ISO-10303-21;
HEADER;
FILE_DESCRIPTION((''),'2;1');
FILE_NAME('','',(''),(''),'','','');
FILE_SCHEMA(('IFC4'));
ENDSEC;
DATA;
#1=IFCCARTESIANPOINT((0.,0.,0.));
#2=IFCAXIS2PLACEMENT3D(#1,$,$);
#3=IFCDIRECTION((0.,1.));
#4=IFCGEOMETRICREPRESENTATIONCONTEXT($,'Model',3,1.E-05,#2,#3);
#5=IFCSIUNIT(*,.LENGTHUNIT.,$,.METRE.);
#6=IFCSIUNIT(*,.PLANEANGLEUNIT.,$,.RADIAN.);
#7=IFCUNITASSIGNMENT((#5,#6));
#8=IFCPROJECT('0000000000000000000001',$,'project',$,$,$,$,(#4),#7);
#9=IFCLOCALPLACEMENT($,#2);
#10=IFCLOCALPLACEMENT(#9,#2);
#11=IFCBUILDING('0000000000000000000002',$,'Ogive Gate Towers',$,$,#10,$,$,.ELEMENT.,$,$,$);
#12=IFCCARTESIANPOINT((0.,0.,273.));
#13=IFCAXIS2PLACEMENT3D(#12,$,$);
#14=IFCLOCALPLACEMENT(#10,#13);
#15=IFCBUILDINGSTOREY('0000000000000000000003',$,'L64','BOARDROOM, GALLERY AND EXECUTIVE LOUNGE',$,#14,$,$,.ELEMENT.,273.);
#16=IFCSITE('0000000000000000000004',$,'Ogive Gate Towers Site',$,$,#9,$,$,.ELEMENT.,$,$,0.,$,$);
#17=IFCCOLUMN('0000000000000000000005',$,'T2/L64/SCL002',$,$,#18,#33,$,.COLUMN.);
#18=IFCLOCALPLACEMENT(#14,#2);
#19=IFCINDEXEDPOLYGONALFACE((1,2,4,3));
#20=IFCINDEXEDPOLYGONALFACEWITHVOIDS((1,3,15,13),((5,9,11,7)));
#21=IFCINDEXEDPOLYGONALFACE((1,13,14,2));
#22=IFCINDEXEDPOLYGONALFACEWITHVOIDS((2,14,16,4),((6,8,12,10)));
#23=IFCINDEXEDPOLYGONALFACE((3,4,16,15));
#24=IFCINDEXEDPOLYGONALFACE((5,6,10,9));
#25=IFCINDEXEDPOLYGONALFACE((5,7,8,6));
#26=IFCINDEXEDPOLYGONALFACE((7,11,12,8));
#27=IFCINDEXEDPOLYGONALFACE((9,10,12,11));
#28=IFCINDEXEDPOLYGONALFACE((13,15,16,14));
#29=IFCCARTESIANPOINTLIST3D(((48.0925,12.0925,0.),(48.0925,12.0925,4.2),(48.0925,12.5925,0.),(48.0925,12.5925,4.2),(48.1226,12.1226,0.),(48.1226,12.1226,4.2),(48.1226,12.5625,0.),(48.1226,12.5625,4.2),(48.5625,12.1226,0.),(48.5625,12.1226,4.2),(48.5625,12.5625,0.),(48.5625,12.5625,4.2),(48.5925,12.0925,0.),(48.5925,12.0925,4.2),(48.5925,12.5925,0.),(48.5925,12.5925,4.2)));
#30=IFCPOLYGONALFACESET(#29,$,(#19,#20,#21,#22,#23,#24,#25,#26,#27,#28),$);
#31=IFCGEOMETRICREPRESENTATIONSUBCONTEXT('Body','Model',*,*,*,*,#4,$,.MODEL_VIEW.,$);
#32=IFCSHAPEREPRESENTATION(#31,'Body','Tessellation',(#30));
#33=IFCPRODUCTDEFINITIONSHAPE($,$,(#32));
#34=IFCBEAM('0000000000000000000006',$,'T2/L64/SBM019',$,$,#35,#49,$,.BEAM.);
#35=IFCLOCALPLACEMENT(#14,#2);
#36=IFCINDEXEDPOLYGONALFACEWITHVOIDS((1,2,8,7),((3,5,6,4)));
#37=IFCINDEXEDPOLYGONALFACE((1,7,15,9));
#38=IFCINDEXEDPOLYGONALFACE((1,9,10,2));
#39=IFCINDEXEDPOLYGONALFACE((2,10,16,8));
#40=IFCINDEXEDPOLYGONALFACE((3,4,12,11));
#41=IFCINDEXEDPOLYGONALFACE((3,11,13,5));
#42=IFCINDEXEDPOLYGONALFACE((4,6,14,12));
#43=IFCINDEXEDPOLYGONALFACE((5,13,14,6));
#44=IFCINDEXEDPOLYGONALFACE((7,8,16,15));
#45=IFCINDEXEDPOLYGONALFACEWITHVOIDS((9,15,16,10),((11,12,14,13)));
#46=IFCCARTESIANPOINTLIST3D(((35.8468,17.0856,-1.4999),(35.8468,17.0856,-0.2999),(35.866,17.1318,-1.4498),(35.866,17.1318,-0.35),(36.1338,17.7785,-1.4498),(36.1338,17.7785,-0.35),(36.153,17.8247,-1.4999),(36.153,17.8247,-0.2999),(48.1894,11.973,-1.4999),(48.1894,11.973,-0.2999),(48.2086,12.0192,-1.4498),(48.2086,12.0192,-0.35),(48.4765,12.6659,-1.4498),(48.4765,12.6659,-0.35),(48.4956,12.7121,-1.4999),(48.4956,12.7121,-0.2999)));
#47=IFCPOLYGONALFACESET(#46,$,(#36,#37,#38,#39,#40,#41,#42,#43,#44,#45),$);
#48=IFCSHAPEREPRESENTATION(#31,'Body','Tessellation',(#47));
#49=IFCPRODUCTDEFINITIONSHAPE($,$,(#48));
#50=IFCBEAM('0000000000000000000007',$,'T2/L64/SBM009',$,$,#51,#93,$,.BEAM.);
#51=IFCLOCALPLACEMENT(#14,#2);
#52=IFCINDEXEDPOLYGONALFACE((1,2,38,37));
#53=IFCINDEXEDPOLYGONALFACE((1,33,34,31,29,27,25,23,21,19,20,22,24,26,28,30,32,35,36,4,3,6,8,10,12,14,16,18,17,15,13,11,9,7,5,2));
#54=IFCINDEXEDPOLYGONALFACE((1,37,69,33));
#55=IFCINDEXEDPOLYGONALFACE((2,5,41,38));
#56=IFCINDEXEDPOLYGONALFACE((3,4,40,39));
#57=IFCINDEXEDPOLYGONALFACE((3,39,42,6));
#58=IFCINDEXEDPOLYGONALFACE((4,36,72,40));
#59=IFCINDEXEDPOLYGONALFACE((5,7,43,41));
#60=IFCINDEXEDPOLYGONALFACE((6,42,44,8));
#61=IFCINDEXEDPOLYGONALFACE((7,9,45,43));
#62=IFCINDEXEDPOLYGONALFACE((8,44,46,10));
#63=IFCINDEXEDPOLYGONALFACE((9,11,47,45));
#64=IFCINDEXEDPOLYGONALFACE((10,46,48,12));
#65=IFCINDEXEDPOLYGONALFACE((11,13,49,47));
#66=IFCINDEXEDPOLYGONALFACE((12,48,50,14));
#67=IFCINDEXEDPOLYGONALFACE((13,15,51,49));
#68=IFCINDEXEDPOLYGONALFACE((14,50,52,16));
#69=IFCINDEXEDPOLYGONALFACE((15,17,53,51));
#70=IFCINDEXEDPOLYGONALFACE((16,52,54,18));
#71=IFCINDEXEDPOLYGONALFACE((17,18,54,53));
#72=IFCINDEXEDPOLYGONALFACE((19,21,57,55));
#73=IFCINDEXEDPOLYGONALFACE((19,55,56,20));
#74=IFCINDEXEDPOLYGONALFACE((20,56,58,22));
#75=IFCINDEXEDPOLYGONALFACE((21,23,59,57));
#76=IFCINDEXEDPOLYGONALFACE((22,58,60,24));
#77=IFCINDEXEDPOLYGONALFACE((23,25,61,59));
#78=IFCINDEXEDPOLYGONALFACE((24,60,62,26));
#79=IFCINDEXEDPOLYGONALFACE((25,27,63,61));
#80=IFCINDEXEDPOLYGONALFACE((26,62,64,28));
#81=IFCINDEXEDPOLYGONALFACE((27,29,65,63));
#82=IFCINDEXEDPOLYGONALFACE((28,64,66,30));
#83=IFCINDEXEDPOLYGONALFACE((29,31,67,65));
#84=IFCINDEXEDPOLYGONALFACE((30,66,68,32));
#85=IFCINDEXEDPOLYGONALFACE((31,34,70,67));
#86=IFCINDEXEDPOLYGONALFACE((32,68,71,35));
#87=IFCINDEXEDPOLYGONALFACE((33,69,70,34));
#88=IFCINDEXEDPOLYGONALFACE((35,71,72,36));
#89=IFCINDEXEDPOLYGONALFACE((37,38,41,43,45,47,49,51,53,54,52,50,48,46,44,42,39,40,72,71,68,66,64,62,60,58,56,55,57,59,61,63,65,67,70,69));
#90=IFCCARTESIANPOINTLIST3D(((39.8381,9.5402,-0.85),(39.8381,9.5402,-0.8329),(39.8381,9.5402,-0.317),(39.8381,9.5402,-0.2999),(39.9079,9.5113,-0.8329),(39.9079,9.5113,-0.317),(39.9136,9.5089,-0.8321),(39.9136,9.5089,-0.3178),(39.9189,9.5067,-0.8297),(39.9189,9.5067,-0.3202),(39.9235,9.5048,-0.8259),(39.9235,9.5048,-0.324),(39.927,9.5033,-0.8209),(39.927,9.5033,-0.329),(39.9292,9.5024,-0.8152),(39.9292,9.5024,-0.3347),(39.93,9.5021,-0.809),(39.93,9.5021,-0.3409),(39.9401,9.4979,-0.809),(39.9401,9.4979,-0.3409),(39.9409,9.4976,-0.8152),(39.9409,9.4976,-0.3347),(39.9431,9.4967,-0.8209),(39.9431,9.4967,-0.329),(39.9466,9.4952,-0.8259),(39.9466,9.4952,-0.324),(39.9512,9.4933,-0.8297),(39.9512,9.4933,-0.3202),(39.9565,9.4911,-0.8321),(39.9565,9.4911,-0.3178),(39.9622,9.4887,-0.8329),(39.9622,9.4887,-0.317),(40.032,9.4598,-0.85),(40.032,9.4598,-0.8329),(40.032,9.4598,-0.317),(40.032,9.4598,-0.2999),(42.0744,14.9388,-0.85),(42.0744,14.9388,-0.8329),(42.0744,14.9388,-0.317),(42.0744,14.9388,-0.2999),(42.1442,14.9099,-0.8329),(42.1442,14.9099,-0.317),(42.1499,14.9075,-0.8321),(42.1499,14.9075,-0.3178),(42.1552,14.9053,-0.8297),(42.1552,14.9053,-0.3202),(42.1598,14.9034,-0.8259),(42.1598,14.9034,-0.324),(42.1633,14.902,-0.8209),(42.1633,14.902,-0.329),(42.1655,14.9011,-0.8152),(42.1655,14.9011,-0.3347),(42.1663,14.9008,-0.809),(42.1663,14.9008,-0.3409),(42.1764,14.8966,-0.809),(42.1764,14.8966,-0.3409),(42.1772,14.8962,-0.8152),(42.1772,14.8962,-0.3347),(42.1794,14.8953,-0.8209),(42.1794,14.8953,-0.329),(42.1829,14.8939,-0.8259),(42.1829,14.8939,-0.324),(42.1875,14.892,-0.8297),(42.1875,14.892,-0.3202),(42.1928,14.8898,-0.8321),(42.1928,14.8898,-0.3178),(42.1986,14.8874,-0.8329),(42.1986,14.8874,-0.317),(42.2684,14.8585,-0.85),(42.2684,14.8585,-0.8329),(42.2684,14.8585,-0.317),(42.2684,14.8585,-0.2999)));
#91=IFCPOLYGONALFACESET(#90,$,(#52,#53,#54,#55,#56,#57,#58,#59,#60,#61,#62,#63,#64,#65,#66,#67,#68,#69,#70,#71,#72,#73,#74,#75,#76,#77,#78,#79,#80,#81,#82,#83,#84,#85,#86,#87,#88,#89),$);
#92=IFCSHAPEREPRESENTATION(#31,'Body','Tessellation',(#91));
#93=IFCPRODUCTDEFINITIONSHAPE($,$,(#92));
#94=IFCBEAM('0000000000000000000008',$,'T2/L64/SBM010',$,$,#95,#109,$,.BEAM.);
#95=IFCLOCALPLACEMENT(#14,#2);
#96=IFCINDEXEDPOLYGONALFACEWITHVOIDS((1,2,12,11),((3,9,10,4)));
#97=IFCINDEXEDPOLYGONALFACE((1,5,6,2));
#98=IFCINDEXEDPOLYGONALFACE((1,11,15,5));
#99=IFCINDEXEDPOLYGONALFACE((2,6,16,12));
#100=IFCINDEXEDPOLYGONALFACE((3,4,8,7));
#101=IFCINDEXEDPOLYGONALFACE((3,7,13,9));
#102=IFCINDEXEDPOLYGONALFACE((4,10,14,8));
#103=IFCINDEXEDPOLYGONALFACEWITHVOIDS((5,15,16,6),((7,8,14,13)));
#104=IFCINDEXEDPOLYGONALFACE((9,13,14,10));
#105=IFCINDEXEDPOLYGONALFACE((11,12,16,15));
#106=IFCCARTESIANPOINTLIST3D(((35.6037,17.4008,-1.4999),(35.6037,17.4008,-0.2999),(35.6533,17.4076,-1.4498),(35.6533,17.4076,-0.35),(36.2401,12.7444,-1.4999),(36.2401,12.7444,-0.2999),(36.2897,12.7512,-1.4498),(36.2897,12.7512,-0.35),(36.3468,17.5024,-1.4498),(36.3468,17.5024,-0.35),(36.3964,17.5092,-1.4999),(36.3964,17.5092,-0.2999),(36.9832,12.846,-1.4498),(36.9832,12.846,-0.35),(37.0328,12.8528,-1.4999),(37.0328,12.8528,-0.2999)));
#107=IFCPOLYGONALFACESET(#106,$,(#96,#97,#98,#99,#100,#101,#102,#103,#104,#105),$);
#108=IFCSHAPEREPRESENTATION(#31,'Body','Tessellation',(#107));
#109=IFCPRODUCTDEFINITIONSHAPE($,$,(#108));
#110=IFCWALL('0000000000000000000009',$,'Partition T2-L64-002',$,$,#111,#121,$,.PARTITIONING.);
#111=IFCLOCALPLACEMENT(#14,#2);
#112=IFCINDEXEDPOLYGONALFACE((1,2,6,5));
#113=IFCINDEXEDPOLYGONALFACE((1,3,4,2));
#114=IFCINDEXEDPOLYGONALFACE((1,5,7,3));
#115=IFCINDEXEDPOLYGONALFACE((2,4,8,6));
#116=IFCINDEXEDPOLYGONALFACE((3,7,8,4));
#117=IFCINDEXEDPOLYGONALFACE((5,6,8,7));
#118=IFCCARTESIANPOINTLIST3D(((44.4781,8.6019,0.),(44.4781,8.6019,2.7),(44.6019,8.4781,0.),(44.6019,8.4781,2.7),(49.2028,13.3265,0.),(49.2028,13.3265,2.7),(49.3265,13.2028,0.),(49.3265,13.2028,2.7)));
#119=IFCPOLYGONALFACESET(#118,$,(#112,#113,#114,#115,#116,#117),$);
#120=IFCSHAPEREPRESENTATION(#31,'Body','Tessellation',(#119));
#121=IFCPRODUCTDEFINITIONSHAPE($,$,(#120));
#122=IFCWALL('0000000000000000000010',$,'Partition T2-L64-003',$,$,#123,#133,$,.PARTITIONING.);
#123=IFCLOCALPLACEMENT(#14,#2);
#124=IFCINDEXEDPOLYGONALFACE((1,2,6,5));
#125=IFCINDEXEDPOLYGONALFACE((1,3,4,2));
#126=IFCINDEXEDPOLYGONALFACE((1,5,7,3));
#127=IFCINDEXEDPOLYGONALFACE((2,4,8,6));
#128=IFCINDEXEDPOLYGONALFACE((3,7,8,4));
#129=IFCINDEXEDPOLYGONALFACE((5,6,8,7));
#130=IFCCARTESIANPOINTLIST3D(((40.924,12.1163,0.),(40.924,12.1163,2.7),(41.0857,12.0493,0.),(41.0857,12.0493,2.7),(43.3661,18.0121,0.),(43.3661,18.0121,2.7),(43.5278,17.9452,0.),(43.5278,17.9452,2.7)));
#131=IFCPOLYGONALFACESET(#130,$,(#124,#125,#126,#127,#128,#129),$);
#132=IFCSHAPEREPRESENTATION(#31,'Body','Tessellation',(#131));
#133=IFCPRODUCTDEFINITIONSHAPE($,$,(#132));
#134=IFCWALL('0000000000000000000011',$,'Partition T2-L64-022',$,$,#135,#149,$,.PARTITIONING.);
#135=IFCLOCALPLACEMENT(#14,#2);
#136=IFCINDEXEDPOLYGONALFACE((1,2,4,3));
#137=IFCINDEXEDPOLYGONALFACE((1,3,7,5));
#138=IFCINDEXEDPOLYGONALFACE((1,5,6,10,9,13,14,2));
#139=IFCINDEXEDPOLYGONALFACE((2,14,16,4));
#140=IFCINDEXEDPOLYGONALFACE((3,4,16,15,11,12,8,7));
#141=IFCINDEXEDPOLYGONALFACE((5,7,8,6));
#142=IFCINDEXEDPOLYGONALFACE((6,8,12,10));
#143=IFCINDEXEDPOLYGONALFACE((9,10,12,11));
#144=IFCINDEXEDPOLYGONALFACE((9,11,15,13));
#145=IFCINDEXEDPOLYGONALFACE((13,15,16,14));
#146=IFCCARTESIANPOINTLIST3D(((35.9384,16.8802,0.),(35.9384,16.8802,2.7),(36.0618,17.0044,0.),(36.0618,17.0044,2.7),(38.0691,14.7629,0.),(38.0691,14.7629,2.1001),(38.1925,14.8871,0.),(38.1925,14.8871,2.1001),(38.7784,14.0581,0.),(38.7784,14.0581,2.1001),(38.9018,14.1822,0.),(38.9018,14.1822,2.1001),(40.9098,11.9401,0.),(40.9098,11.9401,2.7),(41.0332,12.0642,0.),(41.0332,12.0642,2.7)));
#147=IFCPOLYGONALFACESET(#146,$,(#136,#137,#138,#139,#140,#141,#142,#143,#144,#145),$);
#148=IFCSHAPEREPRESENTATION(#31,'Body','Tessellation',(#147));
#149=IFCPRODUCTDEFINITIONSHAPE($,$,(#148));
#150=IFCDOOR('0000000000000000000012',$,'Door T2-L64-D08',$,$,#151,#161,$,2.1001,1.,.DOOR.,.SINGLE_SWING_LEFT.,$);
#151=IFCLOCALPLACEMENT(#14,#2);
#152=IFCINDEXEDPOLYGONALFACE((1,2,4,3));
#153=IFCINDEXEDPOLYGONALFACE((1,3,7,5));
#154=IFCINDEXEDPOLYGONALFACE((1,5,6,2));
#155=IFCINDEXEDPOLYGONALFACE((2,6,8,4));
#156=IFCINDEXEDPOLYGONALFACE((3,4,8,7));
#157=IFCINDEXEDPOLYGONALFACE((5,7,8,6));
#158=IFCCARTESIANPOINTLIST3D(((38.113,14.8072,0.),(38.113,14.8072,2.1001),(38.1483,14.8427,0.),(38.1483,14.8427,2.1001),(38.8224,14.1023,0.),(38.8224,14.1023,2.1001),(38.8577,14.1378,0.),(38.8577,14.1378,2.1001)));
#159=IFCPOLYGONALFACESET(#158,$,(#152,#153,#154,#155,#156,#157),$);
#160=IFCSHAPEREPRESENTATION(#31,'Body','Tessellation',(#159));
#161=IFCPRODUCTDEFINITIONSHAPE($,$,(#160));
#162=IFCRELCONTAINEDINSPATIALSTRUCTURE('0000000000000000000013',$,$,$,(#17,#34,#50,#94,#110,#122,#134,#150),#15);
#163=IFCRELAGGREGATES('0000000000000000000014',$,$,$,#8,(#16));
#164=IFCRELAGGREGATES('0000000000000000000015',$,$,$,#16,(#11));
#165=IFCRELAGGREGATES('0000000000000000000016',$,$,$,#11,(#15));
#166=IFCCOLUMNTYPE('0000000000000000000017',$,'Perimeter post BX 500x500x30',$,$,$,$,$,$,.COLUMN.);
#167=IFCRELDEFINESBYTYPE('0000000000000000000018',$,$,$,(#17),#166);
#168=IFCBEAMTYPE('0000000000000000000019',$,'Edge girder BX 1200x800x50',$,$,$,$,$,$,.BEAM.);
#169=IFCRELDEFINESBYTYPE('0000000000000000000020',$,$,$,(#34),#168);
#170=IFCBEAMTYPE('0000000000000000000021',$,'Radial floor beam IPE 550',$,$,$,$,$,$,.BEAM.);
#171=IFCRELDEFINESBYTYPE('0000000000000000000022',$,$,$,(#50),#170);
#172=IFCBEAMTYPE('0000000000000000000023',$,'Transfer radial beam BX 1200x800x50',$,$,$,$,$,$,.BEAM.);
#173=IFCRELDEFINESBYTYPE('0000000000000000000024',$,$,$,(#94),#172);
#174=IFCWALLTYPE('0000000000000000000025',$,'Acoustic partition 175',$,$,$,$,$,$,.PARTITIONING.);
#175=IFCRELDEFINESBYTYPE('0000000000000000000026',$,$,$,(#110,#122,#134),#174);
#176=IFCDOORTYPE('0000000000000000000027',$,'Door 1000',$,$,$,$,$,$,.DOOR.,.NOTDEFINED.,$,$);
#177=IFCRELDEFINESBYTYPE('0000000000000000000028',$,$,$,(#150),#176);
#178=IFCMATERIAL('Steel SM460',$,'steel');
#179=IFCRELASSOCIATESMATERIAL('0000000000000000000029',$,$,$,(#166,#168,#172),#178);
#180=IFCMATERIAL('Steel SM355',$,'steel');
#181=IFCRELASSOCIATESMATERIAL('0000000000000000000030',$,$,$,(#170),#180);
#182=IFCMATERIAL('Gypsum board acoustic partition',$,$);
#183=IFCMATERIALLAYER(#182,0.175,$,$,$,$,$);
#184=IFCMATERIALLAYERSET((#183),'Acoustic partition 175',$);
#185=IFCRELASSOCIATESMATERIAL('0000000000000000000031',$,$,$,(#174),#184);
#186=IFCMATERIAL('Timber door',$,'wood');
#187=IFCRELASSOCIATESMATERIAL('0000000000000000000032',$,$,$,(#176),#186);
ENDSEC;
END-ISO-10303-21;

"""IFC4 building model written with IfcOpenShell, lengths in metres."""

from ifc_helpers import new_model, si_unit, direction, frame, frame_2d, origin, origin_2d, place, context, subcontext, project, spatial, rectangle, hollow_rectangle, i_section, extrude, material, layer, layer_set, material_profile, profile_set, type_object, element, fill, save


model = new_model("IFC4")

# Units and contexts
model_context = context("Model", 3, precision=1e-05, world=origin(), true_north=direction((0.0, 1.0)))
body_context = subcontext(model_context, "Body", "Model", "MODEL_VIEW")
ifc_project = project(units=[si_unit("LENGTHUNIT", "METRE"), si_unit("PLANEANGLEUNIT", "RADIAN")], contexts=[model_context])

# Site, building, storey
site_placement = place(None, origin())
site = spatial("IfcSite", under=ifc_project, at=site_placement, Name="Ogive Gate Towers Site", CompositionType="ELEMENT", RefElevation=0.0)
building_placement = place(site_placement, origin())
building = spatial("IfcBuilding", under=site, at=building_placement, Name="Ogive Gate Towers", CompositionType="ELEMENT")
storey_placement = place(building_placement, frame((0.0, 0.0, 273.0)))
storey = spatial("IfcBuildingStorey", under=building, at=storey_placement, Name="L64", Description="BOARDROOM, GALLERY AND EXECUTIVE LOUNGE", CompositionType="ELEMENT", Elevation=273.0)

# Column
ifc_material_1 = material(Name="Steel SM460", Category="steel")
ifc_material_profile_1 = material_profile(ifc_material_1, hollow_rectangle(XDim=0.5, YDim=0.5, WallThickness=0.03, at=origin_2d()), Name="BX 500x500x30")
ifc_profile_set_1 = profile_set([ifc_material_profile_1], Name="Steel SM460")
column_type = type_object("IfcColumnType", Name="Perimeter post BX 500x500x30", PredefinedType="COLUMN", material=ifc_profile_set_1)
column_placement = place(storey_placement, frame((48.3425, 12.3425, 0.0), z_axis=(0.0, 0.0, 1.0), x_axis=(1.0, 0.0, 0.0)))
element("IfcColumn", 1, at=column_placement, inside=storey, type_object=column_type, Name="T2/L64/SCL002", PredefinedType="COLUMN", context=body_context, shape_type="SweptSolid", body=[
    extrude(hollow_rectangle(XDim=0.5, YDim=0.5, WallThickness=0.03, at=origin_2d()), origin(), (0.0, 0.0, 1.0), 4.2),
])

# Beams
ifc_material_profile_2 = material_profile(ifc_material_1, hollow_rectangle(XDim=0.8, YDim=1.2, WallThickness=0.05, at=origin_2d()), Name="BX 1200x800x50")
ifc_profile_set_2 = profile_set([ifc_material_profile_2], Name="Steel SM460")
beam_type_1 = type_object("IfcBeamType", Name="Edge girder BX 1200x800x50", PredefinedType="BEAM", material=ifc_profile_set_2)
beam_1_placement = place(storey_placement, frame((48.3425, 12.3425, -0.8999), z_axis=(-0.923877, 0.38269, 0.0), x_axis=(-0.38269, -0.923877, 0.0)))
element("IfcBeam", 2, at=beam_1_placement, inside=storey, type_object=beam_type_1, Name="T2/L64/SBM019", PredefinedType="BEAM", context=body_context, shape_type="SweptSolid", body=[
    extrude(hollow_rectangle(XDim=0.8, YDim=1.2, WallThickness=0.05, at=origin_2d()), origin(), (0.0, 0.0, 1.0), 13.3596),
])
ifc_material_2 = material(Name="Steel SM355", Category="steel")
ifc_material_profile_3 = material_profile(ifc_material_2, i_section(OverallWidth=0.21, OverallDepth=0.55, WebThickness=0.011, FlangeThickness=0.0171, FilletRadius=0.0239, at=origin_2d()), Name="IPE 550")
ifc_profile_set_3 = profile_set([ifc_material_profile_3], Name="Steel SM355")
beam_type_2 = type_object("IfcBeamType", Name="Radial floor beam IPE 550", PredefinedType="BEAM", material=ifc_profile_set_3)
beam_2_placement = place(storey_placement, frame((39.9351, 9.5, -0.575), z_axis=(0.382701, 0.923872, 0.0), x_axis=(-0.923872, 0.382701, 0.0)))
element("IfcBeam", 3, at=beam_2_placement, inside=storey, type_object=beam_type_2, Name="T2/L64/SBM009", PredefinedType="BEAM", context=body_context, shape_type="SweptSolid", body=[
    extrude(i_section(OverallWidth=0.21, OverallDepth=0.55, WebThickness=0.011, FlangeThickness=0.0171, FilletRadius=0.0239, at=origin_2d()), origin(), (0.0, 0.0, 1.0), 5.8435),
])
ifc_material_profile_4 = material_profile(ifc_material_1, hollow_rectangle(XDim=0.8, YDim=1.2, WallThickness=0.05, at=origin_2d()), Name="BX 1200x800x50")
ifc_profile_set_4 = profile_set([ifc_material_profile_4], Name="Steel SM460")
beam_type_3 = type_object("IfcBeamType", Name="Transfer radial beam BX 1200x800x50", PredefinedType="BEAM", material=ifc_profile_set_4)
beam_3_placement = place(storey_placement, frame((36.6365, 12.7986, -0.8999), z_axis=(-0.135426, 0.990787, 0.0), x_axis=(-0.990787, -0.135426, 0.0)))
element("IfcBeam", 4, at=beam_3_placement, inside=storey, type_object=beam_type_3, Name="T2/L64/SBM010", PredefinedType="BEAM", context=body_context, shape_type="SweptSolid", body=[
    extrude(hollow_rectangle(XDim=0.8, YDim=1.2, WallThickness=0.05, at=origin_2d()), origin(), (0.0, 0.0, 1.0), 4.6997),
])

# Walls
ifc_material_3 = material(Name="Gypsum board acoustic partition")
ifc_layer_1 = layer(ifc_material_3, 0.175)
ifc_layer_set_1 = layer_set([ifc_layer_1], Name="Acoustic partition 175")
wall_type_1 = type_object("IfcWallType", Name="Acoustic partition 175", PredefinedType="PARTITIONING", material=ifc_layer_set_1)
wall_1_placement = place(storey_placement, frame((49.2646, 13.2646, 0.0), z_axis=(0.0, 0.0, 1.0), x_axis=(-0.707107, -0.707107, 0.0)))
element("IfcWall", 5, at=wall_1_placement, inside=storey, type_object=wall_type_1, Name="Partition T2-L64-002", PredefinedType="PARTITIONING", context=body_context, shape_type="SweptSolid", body=[
    extrude(rectangle(XDim=6.6816, YDim=0.175, at=frame_2d((3.3408, 0.0))), origin(), (0.0, 0.0, 1.0), 2.7),
])
wall_2_placement = place(storey_placement, frame((43.447, 17.9788, 0.0), z_axis=(0.0, 0.0, 1.0), x_axis=(-0.382689, -0.923877, 0.0)))
element("IfcWall", 6, at=wall_2_placement, inside=storey, type_object=wall_type_1, Name="Partition T2-L64-003", PredefinedType="PARTITIONING", context=body_context, shape_type="SweptSolid", body=[
    extrude(rectangle(XDim=6.3816, YDim=0.175, at=frame_2d((3.1909, 0.0))), origin(), (0.0, 0.0, 1.0), 2.7),
])

# Wall, opening, door
wall_3_placement = place(storey_placement, frame((36.0, 16.9424, 0.0), z_axis=(0.0, 0.0, 1.0), x_axis=(0.709333, -0.704874, 0.0)))
wall_3 = element("IfcWall", 7, at=wall_3_placement, inside=storey, type_object=wall_type_1, Name="Partition T2-L64-022", PredefinedType="PARTITIONING", context=body_context, shape_type="SweptSolid", body=[
    extrude(rectangle(XDim=7.0085, YDim=0.175, at=frame_2d((3.5044, 0.0))), origin(), (0.0, 0.0, 1.0), 2.7),
])
opening_1_placement = place(wall_3_placement, frame((3.0039, 0.0, 0.0)))
opening_1 = element("IfcOpeningElement", 8, at=opening_1_placement, cuts=wall_3, PredefinedType="OPENING", context=body_context, shape_type="SweptSolid", body=[
    extrude(rectangle(XDim=1.0, YDim=2.1001, at=frame_2d((0.5, 1.05))), frame((0.0, 0.0977, 0.0), z_axis=(0.0, -1.0, 0.0), x_axis=(1.0, 0.0, 0.0)), (0.0, 0.0, 1.0), 0.1951),
])
ifc_material_4 = material(Name="Timber door", Category="wood")
door_type = type_object("IfcDoorType", Name="Door 1000", OperationType="NOTDEFINED", PredefinedType="DOOR", material=ifc_material_4)
door_1_placement = place(opening_1_placement, origin())
door_1 = element("IfcDoor", 9, at=door_1_placement, inside=storey, type_object=door_type, Name="Door T2-L64-D08", OperationType="SINGLE_SWING_LEFT", OverallHeight=2.1001, OverallWidth=1.0, PredefinedType="DOOR", context=body_context, shape_type="SweptSolid", body=[
    extrude(rectangle(XDim=1.0, YDim=2.1001, at=frame_2d((0.5, 1.05))), frame((0.0, 0.0249, 0.0), z_axis=(0.0, -1.0, 0.0), x_axis=(1.0, 0.0, 0.0)), (0.0, 0.0, 1.0), 0.05),
])
fill(opening_1, door_1)

save(model, "model.ifc")
